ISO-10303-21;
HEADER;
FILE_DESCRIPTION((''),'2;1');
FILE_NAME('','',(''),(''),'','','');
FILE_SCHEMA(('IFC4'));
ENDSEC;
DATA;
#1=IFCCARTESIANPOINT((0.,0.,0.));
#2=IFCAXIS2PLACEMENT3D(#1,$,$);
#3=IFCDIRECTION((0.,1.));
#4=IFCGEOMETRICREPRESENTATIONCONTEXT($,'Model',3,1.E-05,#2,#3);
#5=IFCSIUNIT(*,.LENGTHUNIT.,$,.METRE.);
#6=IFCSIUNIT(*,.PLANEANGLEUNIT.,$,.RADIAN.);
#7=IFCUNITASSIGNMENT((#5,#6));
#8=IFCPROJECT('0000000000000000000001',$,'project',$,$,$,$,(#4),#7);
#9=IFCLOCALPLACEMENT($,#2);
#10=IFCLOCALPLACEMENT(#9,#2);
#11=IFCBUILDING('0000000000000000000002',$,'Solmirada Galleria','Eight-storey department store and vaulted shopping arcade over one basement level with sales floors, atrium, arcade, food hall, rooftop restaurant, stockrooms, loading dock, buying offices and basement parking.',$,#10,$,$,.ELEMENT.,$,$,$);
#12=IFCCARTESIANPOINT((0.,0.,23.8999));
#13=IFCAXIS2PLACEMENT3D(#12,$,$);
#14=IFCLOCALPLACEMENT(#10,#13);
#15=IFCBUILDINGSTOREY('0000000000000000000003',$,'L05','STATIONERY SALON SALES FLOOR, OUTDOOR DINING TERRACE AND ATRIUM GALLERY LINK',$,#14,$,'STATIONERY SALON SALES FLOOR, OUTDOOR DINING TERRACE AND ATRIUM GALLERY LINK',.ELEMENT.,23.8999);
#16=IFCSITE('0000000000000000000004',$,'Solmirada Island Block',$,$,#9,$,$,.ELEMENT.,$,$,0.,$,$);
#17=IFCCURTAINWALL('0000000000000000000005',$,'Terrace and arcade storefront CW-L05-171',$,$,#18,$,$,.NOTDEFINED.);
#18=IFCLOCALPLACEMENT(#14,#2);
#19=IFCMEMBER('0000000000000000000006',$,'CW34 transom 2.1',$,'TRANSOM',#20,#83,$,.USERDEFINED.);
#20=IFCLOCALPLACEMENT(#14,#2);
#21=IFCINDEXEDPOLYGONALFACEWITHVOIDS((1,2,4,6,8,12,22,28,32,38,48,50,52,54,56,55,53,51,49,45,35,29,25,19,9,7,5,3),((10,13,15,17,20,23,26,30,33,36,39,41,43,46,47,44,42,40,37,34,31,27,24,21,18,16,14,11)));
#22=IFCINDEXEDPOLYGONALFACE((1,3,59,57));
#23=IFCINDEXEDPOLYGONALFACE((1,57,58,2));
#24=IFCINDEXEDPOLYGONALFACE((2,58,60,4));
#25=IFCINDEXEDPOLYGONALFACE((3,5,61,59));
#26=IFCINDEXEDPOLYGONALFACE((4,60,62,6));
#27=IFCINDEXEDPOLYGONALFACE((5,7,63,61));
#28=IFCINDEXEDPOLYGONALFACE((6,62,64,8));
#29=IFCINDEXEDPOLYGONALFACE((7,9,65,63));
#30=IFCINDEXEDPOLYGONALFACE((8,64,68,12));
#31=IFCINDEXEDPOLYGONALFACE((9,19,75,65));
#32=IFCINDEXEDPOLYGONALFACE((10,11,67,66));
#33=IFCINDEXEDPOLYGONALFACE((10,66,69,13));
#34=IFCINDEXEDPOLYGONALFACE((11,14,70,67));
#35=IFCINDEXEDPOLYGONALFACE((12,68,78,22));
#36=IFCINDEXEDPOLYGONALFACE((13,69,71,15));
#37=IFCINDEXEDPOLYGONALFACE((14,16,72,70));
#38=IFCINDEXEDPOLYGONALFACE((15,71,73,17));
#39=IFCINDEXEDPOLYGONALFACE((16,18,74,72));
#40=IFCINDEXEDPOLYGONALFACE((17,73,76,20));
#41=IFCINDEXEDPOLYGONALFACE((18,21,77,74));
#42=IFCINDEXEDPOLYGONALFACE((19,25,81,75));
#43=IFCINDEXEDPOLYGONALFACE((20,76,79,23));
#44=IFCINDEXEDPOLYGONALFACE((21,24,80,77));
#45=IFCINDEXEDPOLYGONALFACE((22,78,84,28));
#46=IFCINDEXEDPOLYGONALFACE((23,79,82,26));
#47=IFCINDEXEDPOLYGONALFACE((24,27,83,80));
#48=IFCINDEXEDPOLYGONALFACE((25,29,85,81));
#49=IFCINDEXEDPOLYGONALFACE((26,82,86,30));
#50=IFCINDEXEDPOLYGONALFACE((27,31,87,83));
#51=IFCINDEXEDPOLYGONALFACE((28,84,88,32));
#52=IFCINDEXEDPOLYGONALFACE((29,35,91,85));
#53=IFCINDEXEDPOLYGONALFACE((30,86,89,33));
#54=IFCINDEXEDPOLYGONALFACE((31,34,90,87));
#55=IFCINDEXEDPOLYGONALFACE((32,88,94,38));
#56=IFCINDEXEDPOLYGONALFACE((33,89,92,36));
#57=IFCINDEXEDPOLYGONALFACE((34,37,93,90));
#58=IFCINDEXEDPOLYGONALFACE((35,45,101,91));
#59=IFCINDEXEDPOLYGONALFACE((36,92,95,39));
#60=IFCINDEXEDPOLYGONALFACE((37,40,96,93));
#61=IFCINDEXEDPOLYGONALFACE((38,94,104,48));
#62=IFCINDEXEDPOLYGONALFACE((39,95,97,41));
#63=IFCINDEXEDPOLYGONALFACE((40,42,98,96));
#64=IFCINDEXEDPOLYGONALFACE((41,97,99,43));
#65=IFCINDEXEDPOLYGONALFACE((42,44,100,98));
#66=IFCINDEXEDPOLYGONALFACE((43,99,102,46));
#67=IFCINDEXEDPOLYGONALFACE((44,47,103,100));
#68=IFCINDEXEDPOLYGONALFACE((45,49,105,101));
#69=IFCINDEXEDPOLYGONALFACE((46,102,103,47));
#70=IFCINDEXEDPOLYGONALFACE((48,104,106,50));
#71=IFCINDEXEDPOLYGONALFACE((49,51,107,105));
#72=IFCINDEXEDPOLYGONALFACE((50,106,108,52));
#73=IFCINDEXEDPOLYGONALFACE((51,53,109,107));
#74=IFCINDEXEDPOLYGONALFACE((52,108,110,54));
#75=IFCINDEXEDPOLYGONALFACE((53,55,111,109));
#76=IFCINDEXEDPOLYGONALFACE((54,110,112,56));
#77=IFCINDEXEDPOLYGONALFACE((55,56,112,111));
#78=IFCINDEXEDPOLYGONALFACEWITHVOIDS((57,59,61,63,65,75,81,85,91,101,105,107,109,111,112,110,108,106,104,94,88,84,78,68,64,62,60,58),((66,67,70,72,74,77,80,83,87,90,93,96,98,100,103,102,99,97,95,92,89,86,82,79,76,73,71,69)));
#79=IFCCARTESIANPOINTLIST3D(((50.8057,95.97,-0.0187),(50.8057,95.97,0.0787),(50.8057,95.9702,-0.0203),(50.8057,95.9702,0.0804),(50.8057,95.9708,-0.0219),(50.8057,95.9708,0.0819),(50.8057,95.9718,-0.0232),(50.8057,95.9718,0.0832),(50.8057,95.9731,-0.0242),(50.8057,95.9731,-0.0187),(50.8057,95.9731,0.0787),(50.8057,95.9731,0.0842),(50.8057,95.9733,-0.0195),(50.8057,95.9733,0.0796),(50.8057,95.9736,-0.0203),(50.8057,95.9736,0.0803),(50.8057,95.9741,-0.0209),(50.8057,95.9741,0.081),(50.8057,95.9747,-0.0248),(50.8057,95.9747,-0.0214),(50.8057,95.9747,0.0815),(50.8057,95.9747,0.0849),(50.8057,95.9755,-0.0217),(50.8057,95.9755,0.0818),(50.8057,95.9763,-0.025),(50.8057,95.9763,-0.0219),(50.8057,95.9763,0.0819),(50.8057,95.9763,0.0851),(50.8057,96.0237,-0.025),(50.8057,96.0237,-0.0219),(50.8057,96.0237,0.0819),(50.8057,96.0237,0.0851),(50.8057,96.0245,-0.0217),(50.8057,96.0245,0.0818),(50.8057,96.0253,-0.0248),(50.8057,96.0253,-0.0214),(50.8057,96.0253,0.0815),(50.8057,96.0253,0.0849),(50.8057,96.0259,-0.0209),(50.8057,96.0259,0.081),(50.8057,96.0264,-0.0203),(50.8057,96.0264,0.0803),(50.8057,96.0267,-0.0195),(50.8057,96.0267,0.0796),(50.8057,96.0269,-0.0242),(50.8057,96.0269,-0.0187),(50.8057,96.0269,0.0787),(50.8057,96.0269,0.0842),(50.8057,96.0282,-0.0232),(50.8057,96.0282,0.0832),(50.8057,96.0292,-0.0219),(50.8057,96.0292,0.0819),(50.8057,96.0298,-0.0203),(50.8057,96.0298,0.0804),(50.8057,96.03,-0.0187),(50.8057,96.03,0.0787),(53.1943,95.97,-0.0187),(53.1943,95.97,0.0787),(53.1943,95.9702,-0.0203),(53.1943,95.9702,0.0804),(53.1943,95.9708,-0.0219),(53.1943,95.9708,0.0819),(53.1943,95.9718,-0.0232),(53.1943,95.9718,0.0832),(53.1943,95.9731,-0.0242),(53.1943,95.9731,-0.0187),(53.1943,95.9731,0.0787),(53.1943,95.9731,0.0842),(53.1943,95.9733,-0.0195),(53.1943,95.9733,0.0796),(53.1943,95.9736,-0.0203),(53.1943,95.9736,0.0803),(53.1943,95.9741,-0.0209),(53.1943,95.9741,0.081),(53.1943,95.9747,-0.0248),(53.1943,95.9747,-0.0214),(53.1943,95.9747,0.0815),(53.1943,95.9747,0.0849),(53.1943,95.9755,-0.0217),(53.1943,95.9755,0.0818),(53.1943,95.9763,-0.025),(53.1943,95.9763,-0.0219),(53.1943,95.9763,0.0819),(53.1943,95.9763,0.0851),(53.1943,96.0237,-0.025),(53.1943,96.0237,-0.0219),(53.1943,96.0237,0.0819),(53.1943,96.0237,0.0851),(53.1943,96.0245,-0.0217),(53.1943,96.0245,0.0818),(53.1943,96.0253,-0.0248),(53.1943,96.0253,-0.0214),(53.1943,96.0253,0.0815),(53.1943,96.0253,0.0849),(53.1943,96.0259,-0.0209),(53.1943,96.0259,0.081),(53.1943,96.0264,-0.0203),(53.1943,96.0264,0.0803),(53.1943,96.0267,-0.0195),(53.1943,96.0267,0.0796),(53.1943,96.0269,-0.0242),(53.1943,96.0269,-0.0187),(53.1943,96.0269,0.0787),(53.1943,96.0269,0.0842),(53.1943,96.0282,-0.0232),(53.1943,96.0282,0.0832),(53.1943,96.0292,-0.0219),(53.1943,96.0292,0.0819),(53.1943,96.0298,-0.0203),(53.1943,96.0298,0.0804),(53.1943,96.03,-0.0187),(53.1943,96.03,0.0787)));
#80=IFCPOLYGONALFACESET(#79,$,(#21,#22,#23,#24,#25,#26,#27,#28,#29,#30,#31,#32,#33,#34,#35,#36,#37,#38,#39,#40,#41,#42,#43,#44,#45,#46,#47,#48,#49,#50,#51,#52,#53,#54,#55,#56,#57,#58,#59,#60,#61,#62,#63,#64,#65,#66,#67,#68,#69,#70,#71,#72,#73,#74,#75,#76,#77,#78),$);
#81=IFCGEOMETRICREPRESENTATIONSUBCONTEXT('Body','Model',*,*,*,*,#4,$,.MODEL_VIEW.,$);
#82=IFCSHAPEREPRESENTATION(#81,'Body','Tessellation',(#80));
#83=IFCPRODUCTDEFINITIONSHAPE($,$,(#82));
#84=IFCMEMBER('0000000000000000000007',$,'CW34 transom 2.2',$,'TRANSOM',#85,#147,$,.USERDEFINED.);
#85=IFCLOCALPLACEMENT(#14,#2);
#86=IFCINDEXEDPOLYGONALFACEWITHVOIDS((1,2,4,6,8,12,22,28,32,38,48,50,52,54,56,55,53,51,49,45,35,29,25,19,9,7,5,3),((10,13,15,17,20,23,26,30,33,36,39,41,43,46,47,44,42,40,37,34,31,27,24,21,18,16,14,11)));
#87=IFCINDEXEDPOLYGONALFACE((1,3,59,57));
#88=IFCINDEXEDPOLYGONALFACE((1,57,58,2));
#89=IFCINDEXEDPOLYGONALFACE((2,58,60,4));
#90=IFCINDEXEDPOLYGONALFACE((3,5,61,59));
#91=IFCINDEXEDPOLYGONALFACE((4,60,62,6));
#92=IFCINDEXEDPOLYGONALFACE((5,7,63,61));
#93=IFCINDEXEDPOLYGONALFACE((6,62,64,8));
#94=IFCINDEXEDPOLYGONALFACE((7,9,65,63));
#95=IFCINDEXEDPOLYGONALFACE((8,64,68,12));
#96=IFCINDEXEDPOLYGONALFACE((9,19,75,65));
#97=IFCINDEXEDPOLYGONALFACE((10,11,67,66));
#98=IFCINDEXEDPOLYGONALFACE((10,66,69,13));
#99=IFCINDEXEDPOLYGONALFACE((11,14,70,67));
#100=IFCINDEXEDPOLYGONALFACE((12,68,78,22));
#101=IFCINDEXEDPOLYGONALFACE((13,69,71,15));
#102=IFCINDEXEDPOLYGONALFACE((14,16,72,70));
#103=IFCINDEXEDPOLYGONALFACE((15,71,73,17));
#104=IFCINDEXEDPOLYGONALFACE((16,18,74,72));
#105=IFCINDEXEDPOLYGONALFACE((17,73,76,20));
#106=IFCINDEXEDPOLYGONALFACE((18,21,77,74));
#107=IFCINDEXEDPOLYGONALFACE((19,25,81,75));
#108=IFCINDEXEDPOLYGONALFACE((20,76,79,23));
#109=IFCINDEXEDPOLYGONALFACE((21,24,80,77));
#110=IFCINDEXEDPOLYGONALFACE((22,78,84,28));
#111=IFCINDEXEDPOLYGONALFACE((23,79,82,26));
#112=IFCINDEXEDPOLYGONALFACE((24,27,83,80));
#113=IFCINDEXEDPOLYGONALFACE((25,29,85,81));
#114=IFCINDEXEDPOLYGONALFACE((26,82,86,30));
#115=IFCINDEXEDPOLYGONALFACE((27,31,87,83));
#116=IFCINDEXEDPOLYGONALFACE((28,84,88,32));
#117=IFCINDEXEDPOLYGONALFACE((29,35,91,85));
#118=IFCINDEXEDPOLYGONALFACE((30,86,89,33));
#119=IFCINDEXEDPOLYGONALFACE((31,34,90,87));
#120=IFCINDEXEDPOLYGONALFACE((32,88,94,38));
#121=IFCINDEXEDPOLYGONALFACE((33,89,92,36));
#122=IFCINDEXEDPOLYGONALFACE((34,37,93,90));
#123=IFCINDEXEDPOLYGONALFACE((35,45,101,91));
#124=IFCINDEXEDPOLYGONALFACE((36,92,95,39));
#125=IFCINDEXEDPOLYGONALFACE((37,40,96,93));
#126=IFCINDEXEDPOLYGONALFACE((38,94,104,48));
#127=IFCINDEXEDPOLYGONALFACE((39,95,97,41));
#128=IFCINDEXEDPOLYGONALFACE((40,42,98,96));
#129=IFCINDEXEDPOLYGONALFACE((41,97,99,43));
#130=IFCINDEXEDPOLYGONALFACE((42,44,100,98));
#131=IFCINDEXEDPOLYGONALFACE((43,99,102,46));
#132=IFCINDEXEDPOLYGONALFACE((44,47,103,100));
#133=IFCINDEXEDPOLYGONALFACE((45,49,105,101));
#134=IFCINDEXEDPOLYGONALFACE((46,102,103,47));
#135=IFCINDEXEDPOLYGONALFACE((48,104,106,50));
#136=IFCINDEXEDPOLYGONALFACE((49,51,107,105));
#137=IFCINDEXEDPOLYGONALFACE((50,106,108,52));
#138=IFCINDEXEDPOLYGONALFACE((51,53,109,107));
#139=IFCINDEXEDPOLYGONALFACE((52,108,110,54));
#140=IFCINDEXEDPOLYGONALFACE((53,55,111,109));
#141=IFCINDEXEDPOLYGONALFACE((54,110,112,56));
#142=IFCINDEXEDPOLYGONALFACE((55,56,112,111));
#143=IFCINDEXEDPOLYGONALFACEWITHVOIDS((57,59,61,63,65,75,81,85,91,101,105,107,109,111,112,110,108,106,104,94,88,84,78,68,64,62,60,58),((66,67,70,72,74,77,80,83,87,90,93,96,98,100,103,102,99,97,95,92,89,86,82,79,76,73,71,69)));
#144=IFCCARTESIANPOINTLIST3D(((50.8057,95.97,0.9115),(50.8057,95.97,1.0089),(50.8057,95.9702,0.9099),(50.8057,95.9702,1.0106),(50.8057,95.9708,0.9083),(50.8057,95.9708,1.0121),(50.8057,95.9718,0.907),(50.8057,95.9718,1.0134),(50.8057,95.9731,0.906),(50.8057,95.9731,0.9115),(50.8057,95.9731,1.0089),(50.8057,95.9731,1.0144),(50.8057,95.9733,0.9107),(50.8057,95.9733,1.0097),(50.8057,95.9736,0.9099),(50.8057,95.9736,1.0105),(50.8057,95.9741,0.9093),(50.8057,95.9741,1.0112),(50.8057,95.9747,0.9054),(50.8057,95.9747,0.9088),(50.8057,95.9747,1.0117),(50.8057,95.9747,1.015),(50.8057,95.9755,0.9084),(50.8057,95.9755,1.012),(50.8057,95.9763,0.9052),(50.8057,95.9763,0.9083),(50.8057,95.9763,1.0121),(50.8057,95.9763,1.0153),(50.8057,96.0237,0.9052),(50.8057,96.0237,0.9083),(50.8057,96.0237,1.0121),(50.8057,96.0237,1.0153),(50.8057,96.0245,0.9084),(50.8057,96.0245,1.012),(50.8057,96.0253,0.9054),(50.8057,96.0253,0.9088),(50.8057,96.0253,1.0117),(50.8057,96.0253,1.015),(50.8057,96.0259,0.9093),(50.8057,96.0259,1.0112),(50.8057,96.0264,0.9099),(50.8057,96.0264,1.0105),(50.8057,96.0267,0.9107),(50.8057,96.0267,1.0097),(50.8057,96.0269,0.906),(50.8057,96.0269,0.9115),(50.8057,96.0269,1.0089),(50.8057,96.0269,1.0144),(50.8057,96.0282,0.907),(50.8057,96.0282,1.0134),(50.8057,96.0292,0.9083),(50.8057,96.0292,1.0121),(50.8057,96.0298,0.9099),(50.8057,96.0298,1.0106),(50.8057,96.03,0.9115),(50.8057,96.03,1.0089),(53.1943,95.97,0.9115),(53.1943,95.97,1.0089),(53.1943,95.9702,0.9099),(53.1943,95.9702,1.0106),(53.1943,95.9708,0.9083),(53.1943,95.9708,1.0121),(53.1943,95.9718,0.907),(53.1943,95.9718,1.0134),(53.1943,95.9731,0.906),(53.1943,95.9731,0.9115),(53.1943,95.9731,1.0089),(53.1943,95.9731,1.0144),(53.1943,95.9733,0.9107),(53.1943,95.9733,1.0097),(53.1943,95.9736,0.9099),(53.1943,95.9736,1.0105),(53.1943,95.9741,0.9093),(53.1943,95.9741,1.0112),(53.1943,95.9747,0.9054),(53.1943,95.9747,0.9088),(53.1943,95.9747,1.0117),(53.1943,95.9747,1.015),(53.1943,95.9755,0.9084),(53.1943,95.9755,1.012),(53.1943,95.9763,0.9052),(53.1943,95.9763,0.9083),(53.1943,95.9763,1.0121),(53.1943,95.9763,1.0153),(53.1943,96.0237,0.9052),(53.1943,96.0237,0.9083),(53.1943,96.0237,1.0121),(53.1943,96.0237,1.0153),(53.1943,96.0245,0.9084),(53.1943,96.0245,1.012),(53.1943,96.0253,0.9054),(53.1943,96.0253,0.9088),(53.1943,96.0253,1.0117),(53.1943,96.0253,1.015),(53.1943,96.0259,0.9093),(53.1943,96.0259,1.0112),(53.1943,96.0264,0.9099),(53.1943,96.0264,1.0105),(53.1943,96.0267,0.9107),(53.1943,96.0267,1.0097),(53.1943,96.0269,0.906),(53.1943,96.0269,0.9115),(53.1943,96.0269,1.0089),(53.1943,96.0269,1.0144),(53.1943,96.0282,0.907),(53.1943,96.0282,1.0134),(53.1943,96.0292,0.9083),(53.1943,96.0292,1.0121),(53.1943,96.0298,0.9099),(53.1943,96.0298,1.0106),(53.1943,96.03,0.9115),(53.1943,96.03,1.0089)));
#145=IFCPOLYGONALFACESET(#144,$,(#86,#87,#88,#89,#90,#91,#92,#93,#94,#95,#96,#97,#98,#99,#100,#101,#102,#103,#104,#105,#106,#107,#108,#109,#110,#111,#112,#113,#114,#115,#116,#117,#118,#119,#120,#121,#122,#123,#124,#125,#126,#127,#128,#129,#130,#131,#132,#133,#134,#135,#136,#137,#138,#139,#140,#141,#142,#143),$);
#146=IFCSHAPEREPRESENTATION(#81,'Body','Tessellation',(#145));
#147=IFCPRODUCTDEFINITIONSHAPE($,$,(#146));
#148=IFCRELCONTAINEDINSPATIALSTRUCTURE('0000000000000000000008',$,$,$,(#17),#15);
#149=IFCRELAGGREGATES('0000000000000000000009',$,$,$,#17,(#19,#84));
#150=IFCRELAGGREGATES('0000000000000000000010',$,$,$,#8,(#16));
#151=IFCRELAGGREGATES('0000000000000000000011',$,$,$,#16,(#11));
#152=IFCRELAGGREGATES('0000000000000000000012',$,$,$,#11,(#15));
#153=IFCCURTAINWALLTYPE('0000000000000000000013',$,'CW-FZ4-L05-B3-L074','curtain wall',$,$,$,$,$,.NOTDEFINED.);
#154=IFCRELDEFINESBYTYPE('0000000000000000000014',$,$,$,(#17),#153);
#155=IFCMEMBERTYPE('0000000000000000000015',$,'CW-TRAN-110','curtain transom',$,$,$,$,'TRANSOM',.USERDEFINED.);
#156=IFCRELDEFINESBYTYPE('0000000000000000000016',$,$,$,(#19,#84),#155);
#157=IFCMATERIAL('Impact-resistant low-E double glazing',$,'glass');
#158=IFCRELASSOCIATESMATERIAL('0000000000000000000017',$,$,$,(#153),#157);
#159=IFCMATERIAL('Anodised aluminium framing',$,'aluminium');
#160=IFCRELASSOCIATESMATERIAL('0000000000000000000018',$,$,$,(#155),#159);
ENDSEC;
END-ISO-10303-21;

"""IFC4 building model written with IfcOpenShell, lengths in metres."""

from ifc_helpers import new_model, si_unit, direction, frame, origin, origin_2d, place, context, subcontext, project, spatial, hollow_rectangle, extrude, material, material_profile, profile_set, type_object, element, aggregate, save


model = new_model("IFC4")

# Units and contexts
model_context = context("Model", 3, precision=1e-05, world=origin(), true_north=direction((0.0, 1.0)))
body_context = subcontext(model_context, "Body", "Model", "MODEL_VIEW")
ifc_project = project(units=[si_unit("LENGTHUNIT", "METRE"), si_unit("PLANEANGLEUNIT", "RADIAN")], contexts=[model_context])

# Site, building, storey
site_placement = place(None, origin())
site = spatial("IfcSite", under=ifc_project, at=site_placement, Name="Solmirada Island Block", CompositionType="ELEMENT", RefElevation=0.0)
building_placement = place(site_placement, origin())
building = spatial("IfcBuilding", under=site, at=building_placement, Name="Solmirada Galleria", Description="Eight-storey department store and vaulted shopping arcade over one basement level with sales floors, atrium, arcade, food hall, rooftop restaurant, stockrooms, loading dock, buying offices and basement parking.", CompositionType="ELEMENT")
storey_placement = place(building_placement, frame((0.0, 0.0, 23.8999)))
storey = spatial("IfcBuildingStorey", under=building, at=storey_placement, Name="L05", Description="STATIONERY SALON SALES FLOOR, OUTDOOR DINING TERRACE AND ATRIUM GALLERY LINK", LongName="STATIONERY SALON SALES FLOOR, OUTDOOR DINING TERRACE AND ATRIUM GALLERY LINK", CompositionType="ELEMENT", Elevation=23.8999)

# Curtain wall, members
ifc_material_1 = material(Name="Impact-resistant low-E double glazing", Category="glass")
curtain_wall_type = type_object("IfcCurtainWallType", Name="CW-FZ4-L05-B3-L074", Description="curtain wall", PredefinedType="NOTDEFINED", material=ifc_material_1)
curtain_wall_placement = place(storey_placement, origin())
curtain_wall = element("IfcCurtainWall", 1, at=curtain_wall_placement, inside=storey, type_object=curtain_wall_type, Name="Terrace and arcade storefront CW-L05-171", PredefinedType="NOTDEFINED")
ifc_material_2 = material(Name="Anodised aluminium framing", Category="aluminium")
ifc_material_profile_1 = material_profile(ifc_material_2, hollow_rectangle(XDim=0.0601, YDim=0.1101, WallThickness=0.0032, InnerFilletRadius=0.0032, OuterFilletRadius=0.0063, at=origin_2d()), Name="ALU-TRAN-110X60")
ifc_profile_set_1 = profile_set([ifc_material_profile_1], Name="Anodised aluminium framing")
member_type_1 = type_object("IfcMemberType", Name="CW-TRAN-110", Description="curtain transom", ElementType="TRANSOM", PredefinedType="USERDEFINED", material=ifc_profile_set_1)
member_1_placement = place(storey_placement, frame((53.1943, 96.0, 0.03), z_axis=(-1.0, 0.0, 0.0), x_axis=(0.0, -1.0, 0.0)))
member_1 = element("IfcMember", 2, at=member_1_placement, type_object=member_type_1, Name="CW34 transom 2.1", ObjectType="TRANSOM", PredefinedType="USERDEFINED", context=body_context, shape_type="SweptSolid", body=[
    extrude(hollow_rectangle(XDim=0.0601, YDim=0.1101, WallThickness=0.0032, InnerFilletRadius=0.0032, OuterFilletRadius=0.0063, at=origin_2d()), origin(), (0.0, 0.0, 1.0), 2.3887),
])
member_2_placement = place(storey_placement, frame((53.1943, 96.0, 0.9602), z_axis=(-1.0, 0.0, 0.0), x_axis=(0.0, -1.0, 0.0)))
member_2 = element("IfcMember", 3, at=member_2_placement, type_object=member_type_1, Name="CW34 transom 2.2", ObjectType="TRANSOM", PredefinedType="USERDEFINED", context=body_context, shape_type="SweptSolid", body=[
    extrude(hollow_rectangle(XDim=0.0601, YDim=0.1101, WallThickness=0.0032, InnerFilletRadius=0.0032, OuterFilletRadius=0.0063, at=origin_2d()), origin(), (0.0, 0.0, 1.0), 2.3887),
])
aggregate(curtain_wall, [member_1, member_2])

save(model, "model.ifc")
